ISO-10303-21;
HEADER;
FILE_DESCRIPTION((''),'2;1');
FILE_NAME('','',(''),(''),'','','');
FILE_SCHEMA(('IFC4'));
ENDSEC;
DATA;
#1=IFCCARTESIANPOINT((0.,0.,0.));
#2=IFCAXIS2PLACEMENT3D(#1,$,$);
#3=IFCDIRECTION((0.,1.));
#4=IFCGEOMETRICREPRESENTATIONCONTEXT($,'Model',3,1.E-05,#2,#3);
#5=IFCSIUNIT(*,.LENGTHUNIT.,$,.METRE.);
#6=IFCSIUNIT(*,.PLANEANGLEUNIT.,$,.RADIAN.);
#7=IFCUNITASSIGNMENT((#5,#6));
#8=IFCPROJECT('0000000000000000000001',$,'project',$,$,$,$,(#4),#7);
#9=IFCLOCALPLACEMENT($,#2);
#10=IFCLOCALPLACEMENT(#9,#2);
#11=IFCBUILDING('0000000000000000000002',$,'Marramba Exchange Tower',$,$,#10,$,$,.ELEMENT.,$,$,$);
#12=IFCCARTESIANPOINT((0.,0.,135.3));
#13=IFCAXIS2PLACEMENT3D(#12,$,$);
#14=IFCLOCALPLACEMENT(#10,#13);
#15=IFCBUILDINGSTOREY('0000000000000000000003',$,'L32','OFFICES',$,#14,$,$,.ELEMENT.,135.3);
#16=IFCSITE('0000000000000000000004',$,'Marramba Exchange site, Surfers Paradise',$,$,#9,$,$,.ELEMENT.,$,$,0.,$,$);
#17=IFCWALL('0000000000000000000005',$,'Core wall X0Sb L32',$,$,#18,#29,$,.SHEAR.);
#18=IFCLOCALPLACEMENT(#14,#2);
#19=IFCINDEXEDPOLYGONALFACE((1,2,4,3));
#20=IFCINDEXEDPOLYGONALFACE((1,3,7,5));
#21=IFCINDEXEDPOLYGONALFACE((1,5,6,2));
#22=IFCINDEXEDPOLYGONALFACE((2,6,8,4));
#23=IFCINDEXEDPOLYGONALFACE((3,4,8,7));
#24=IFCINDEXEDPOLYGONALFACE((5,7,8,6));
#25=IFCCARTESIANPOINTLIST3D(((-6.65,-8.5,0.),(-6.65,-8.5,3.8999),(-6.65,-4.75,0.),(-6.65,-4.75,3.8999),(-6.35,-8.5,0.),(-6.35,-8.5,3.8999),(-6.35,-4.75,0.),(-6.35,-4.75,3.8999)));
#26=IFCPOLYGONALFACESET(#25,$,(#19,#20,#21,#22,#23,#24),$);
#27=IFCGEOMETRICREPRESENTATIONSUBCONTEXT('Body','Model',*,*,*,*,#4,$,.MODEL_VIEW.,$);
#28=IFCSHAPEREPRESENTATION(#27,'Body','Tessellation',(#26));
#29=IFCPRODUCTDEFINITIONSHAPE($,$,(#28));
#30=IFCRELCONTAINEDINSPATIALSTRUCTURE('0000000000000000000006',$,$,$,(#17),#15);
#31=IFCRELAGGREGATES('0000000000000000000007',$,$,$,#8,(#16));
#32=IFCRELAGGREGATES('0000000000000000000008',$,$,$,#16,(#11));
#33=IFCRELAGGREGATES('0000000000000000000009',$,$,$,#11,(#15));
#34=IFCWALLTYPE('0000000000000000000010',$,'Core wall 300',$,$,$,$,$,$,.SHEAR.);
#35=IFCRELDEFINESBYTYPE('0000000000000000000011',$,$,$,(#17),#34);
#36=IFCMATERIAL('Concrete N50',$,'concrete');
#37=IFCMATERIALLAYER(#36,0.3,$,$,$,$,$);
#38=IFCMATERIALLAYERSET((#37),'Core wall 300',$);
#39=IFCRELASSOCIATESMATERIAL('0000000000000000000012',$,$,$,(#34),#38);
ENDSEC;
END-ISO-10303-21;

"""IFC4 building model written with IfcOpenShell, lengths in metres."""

from ifc_helpers import new_model, si_unit, direction, frame, frame_2d, origin, place, context, subcontext, project, spatial, rectangle, extrude, material, layer, layer_set, type_object, element, save


model = new_model("IFC4")

# Units and contexts
model_context = context("Model", 3, precision=1e-05, world=origin(), true_north=direction((0.0, 1.0)))
body_context = subcontext(model_context, "Body", "Model", "MODEL_VIEW")
ifc_project = project(units=[si_unit("LENGTHUNIT", "METRE"), si_unit("PLANEANGLEUNIT", "RADIAN")], contexts=[model_context])

# Site, building, storey
site_placement = place(None, origin())
site = spatial("IfcSite", under=ifc_project, at=site_placement, Name="Marramba Exchange site, Surfers Paradise", CompositionType="ELEMENT", RefElevation=0.0)
building_placement = place(site_placement, origin())
building = spatial("IfcBuilding", under=site, at=building_placement, Name="Marramba Exchange Tower", CompositionType="ELEMENT")
storey_placement = place(building_placement, frame((0.0, 0.0, 135.3)))
storey = spatial("IfcBuildingStorey", under=building, at=storey_placement, Name="L32", Description="OFFICES", CompositionType="ELEMENT", Elevation=135.3)

# Shared definitions
ifc_material_1 = material(Name="Concrete N50", Category="concrete")
ifc_layer_1 = layer(ifc_material_1, 0.3)
ifc_layer_set_1 = layer_set([ifc_layer_1], Name="Core wall 300")
wall_type_1 = type_object("IfcWallType", Name="Core wall 300", PredefinedType="SHEAR", material=ifc_layer_set_1)

# Wall
wall_1_placement = place(storey_placement, frame((-6.5, -4.75, 0.0), z_axis=(0.0, 0.0, 1.0), x_axis=(0.0, -1.0, 0.0)))
element("IfcWall", 1, at=wall_1_placement, inside=storey, type_object=wall_type_1, Name="Core wall X0Sb L32", PredefinedType="SHEAR", context=body_context, shape_type="SweptSolid", body=[
    extrude(rectangle(XDim=3.75, YDim=0.3, at=frame_2d((1.875, 0.0))), origin(), (0.0, 0.0, 1.0), 3.8999),
])

save(model, "model.ifc")
